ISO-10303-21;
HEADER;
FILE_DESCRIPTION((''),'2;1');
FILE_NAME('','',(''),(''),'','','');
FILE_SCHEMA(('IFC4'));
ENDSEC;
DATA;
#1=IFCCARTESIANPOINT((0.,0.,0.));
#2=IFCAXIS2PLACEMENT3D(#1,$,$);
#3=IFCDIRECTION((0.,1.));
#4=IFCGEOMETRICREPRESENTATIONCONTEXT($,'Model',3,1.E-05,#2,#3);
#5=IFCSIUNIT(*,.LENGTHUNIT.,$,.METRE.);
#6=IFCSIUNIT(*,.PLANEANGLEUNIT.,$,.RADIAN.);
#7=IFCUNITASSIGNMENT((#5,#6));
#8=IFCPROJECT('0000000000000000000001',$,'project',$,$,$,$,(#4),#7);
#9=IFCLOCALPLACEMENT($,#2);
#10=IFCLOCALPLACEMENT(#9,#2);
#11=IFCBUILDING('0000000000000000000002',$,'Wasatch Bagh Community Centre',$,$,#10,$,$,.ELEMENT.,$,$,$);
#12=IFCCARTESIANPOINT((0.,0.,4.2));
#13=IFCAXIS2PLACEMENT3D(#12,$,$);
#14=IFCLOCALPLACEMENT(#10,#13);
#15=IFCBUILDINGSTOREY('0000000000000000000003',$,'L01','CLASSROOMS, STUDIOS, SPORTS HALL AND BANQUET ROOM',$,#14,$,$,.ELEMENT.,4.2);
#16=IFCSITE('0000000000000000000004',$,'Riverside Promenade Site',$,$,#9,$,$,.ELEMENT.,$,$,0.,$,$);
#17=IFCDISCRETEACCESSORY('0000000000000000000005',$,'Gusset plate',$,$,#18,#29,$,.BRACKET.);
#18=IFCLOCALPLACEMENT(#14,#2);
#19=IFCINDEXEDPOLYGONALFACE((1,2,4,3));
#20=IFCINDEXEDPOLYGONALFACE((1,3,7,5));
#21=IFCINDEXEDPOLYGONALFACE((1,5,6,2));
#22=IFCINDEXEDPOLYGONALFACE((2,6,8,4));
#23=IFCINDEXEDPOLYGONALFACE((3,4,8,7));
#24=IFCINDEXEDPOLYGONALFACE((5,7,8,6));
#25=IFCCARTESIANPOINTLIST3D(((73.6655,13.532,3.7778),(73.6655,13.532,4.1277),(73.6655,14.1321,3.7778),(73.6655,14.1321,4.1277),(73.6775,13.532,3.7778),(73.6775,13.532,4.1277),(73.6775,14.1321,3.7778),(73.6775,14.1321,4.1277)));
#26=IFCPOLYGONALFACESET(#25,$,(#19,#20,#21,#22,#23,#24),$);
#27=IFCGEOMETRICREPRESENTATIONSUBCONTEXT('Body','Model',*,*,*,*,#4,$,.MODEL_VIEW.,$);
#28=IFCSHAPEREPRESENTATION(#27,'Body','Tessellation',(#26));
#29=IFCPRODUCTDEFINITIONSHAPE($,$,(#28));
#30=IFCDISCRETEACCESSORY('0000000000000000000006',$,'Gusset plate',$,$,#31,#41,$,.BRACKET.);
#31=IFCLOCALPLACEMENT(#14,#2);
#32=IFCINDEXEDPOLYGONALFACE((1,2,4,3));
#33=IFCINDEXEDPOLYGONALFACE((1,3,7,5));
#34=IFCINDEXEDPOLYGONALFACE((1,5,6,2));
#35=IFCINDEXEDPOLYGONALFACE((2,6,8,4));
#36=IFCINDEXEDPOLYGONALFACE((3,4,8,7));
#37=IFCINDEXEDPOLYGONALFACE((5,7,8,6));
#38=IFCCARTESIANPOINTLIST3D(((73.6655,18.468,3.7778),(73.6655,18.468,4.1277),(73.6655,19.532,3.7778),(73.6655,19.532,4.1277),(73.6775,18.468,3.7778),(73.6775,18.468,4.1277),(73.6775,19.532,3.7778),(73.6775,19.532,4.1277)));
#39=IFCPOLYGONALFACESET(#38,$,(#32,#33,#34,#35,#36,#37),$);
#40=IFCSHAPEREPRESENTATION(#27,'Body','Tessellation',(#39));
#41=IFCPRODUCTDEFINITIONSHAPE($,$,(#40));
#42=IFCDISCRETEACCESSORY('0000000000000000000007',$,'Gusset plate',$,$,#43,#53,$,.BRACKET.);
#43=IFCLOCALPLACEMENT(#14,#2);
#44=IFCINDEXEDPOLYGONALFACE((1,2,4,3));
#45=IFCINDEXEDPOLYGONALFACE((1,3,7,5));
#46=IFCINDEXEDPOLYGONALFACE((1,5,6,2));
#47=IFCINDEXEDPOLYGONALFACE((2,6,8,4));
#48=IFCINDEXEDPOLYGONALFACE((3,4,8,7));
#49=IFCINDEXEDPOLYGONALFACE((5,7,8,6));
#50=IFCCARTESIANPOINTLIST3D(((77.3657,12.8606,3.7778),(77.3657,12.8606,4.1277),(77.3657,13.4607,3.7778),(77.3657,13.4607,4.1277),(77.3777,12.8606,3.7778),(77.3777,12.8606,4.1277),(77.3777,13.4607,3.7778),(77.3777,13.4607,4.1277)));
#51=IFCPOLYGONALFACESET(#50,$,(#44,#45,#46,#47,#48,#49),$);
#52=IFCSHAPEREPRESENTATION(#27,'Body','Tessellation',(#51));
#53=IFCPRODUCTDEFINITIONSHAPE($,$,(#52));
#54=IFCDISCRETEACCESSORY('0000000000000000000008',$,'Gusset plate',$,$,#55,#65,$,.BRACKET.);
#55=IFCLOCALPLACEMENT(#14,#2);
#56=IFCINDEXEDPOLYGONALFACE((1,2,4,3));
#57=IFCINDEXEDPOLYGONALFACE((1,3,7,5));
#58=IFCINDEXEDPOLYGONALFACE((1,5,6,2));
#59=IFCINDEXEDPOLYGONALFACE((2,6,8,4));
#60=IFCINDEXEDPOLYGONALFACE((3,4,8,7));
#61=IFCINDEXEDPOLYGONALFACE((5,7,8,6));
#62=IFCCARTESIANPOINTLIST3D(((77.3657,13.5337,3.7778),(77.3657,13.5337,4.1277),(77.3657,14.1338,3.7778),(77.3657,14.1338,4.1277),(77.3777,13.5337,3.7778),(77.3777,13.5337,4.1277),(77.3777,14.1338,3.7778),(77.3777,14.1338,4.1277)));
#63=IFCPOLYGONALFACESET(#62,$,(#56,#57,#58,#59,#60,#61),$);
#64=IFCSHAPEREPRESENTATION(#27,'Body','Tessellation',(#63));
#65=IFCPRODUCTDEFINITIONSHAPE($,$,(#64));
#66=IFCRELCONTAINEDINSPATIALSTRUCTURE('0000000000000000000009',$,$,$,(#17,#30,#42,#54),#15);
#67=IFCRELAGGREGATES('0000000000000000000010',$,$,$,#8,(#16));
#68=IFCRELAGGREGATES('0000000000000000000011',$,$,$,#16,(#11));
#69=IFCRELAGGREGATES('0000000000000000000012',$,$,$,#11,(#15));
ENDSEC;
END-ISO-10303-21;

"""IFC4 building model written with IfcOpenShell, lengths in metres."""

from ifc_helpers import new_model, si_unit, direction, frame, origin, place, context, subcontext, project, spatial, polyline, outline, extrude, element, save


model = new_model("IFC4")

# Units and contexts
model_context = context("Model", 3, precision=1e-05, world=origin(), true_north=direction((0.0, 1.0)))
body_context = subcontext(model_context, "Body", "Model", "MODEL_VIEW")
ifc_project = project(units=[si_unit("LENGTHUNIT", "METRE"), si_unit("PLANEANGLEUNIT", "RADIAN")], contexts=[model_context])

# Site, building, storey
site_placement = place(None, origin())
site = spatial("IfcSite", under=ifc_project, at=site_placement, Name="Riverside Promenade Site", CompositionType="ELEMENT", RefElevation=0.0)
building_placement = place(site_placement, origin())
building = spatial("IfcBuilding", under=site, at=building_placement, Name="Wasatch Bagh Community Centre", CompositionType="ELEMENT")
storey_placement = place(building_placement, frame((0.0, 0.0, 4.2)))
storey = spatial("IfcBuildingStorey", under=building, at=storey_placement, Name="L01", Description="CLASSROOMS, STUDIOS, SPORTS HALL AND BANQUET ROOM", CompositionType="ELEMENT", Elevation=4.2)

# Discrete accessories
for number, where, z_axis, x_axis, name in (
    (1, (73.6775, 13.532, 3.7778), (1.0, 0.0, 0.0), (0.0, 1.0, 0.0), "Gusset plate"),
):
    element("IfcDiscreteAccessory", number, at=place(storey_placement, frame(where, z_axis=z_axis, x_axis=x_axis)), inside=storey, Name=name, PredefinedType="BRACKET", context=body_context, shape_type="SweptSolid", body=[
        extrude(outline(polyline([(0.0, 0.0), (0.6001, 0.0), (0.6001, 0.3499), (0.0, 0.3499), (0.0, 0.0)])), origin(), (0.0, 0.0, -1.0), 0.012),
    ])
discrete_accessory_placement = place(storey_placement, frame((73.6775, 18.468, 3.7778), z_axis=(1.0, 0.0, 0.0), x_axis=(0.0, 1.0, 0.0)))
element("IfcDiscreteAccessory", 2, at=discrete_accessory_placement, inside=storey, Name="Gusset plate", PredefinedType="BRACKET", context=body_context, shape_type="SweptSolid", body=[
    extrude(outline(polyline([(0.0, 0.0), (1.064, 0.0), (1.064, 0.3499), (0.0, 0.3499), (0.0, 0.0)])), origin(), (0.0, 0.0, -1.0), 0.012),
])
for number, where, z_axis, x_axis, name in (
    (3, (77.3777, 12.8606, 3.7778), (1.0, 0.0, 0.0), (0.0, 1.0, 0.0), "Gusset plate"),
    (4, (77.3777, 13.5337, 3.7778), (1.0, 0.0, 0.0), (0.0, 1.0, 0.0), "Gusset plate"),
):
    element("IfcDiscreteAccessory", number, at=place(storey_placement, frame(where, z_axis=z_axis, x_axis=x_axis)), inside=storey, Name=name, PredefinedType="BRACKET", context=body_context, shape_type="SweptSolid", body=[
        extrude(outline(polyline([(0.0, 0.0), (0.6001, 0.0), (0.6001, 0.3499), (0.0, 0.3499), (0.0, 0.0)])), origin(), (0.0, 0.0, -1.0), 0.012),
    ])

save(model, "model.ifc")
